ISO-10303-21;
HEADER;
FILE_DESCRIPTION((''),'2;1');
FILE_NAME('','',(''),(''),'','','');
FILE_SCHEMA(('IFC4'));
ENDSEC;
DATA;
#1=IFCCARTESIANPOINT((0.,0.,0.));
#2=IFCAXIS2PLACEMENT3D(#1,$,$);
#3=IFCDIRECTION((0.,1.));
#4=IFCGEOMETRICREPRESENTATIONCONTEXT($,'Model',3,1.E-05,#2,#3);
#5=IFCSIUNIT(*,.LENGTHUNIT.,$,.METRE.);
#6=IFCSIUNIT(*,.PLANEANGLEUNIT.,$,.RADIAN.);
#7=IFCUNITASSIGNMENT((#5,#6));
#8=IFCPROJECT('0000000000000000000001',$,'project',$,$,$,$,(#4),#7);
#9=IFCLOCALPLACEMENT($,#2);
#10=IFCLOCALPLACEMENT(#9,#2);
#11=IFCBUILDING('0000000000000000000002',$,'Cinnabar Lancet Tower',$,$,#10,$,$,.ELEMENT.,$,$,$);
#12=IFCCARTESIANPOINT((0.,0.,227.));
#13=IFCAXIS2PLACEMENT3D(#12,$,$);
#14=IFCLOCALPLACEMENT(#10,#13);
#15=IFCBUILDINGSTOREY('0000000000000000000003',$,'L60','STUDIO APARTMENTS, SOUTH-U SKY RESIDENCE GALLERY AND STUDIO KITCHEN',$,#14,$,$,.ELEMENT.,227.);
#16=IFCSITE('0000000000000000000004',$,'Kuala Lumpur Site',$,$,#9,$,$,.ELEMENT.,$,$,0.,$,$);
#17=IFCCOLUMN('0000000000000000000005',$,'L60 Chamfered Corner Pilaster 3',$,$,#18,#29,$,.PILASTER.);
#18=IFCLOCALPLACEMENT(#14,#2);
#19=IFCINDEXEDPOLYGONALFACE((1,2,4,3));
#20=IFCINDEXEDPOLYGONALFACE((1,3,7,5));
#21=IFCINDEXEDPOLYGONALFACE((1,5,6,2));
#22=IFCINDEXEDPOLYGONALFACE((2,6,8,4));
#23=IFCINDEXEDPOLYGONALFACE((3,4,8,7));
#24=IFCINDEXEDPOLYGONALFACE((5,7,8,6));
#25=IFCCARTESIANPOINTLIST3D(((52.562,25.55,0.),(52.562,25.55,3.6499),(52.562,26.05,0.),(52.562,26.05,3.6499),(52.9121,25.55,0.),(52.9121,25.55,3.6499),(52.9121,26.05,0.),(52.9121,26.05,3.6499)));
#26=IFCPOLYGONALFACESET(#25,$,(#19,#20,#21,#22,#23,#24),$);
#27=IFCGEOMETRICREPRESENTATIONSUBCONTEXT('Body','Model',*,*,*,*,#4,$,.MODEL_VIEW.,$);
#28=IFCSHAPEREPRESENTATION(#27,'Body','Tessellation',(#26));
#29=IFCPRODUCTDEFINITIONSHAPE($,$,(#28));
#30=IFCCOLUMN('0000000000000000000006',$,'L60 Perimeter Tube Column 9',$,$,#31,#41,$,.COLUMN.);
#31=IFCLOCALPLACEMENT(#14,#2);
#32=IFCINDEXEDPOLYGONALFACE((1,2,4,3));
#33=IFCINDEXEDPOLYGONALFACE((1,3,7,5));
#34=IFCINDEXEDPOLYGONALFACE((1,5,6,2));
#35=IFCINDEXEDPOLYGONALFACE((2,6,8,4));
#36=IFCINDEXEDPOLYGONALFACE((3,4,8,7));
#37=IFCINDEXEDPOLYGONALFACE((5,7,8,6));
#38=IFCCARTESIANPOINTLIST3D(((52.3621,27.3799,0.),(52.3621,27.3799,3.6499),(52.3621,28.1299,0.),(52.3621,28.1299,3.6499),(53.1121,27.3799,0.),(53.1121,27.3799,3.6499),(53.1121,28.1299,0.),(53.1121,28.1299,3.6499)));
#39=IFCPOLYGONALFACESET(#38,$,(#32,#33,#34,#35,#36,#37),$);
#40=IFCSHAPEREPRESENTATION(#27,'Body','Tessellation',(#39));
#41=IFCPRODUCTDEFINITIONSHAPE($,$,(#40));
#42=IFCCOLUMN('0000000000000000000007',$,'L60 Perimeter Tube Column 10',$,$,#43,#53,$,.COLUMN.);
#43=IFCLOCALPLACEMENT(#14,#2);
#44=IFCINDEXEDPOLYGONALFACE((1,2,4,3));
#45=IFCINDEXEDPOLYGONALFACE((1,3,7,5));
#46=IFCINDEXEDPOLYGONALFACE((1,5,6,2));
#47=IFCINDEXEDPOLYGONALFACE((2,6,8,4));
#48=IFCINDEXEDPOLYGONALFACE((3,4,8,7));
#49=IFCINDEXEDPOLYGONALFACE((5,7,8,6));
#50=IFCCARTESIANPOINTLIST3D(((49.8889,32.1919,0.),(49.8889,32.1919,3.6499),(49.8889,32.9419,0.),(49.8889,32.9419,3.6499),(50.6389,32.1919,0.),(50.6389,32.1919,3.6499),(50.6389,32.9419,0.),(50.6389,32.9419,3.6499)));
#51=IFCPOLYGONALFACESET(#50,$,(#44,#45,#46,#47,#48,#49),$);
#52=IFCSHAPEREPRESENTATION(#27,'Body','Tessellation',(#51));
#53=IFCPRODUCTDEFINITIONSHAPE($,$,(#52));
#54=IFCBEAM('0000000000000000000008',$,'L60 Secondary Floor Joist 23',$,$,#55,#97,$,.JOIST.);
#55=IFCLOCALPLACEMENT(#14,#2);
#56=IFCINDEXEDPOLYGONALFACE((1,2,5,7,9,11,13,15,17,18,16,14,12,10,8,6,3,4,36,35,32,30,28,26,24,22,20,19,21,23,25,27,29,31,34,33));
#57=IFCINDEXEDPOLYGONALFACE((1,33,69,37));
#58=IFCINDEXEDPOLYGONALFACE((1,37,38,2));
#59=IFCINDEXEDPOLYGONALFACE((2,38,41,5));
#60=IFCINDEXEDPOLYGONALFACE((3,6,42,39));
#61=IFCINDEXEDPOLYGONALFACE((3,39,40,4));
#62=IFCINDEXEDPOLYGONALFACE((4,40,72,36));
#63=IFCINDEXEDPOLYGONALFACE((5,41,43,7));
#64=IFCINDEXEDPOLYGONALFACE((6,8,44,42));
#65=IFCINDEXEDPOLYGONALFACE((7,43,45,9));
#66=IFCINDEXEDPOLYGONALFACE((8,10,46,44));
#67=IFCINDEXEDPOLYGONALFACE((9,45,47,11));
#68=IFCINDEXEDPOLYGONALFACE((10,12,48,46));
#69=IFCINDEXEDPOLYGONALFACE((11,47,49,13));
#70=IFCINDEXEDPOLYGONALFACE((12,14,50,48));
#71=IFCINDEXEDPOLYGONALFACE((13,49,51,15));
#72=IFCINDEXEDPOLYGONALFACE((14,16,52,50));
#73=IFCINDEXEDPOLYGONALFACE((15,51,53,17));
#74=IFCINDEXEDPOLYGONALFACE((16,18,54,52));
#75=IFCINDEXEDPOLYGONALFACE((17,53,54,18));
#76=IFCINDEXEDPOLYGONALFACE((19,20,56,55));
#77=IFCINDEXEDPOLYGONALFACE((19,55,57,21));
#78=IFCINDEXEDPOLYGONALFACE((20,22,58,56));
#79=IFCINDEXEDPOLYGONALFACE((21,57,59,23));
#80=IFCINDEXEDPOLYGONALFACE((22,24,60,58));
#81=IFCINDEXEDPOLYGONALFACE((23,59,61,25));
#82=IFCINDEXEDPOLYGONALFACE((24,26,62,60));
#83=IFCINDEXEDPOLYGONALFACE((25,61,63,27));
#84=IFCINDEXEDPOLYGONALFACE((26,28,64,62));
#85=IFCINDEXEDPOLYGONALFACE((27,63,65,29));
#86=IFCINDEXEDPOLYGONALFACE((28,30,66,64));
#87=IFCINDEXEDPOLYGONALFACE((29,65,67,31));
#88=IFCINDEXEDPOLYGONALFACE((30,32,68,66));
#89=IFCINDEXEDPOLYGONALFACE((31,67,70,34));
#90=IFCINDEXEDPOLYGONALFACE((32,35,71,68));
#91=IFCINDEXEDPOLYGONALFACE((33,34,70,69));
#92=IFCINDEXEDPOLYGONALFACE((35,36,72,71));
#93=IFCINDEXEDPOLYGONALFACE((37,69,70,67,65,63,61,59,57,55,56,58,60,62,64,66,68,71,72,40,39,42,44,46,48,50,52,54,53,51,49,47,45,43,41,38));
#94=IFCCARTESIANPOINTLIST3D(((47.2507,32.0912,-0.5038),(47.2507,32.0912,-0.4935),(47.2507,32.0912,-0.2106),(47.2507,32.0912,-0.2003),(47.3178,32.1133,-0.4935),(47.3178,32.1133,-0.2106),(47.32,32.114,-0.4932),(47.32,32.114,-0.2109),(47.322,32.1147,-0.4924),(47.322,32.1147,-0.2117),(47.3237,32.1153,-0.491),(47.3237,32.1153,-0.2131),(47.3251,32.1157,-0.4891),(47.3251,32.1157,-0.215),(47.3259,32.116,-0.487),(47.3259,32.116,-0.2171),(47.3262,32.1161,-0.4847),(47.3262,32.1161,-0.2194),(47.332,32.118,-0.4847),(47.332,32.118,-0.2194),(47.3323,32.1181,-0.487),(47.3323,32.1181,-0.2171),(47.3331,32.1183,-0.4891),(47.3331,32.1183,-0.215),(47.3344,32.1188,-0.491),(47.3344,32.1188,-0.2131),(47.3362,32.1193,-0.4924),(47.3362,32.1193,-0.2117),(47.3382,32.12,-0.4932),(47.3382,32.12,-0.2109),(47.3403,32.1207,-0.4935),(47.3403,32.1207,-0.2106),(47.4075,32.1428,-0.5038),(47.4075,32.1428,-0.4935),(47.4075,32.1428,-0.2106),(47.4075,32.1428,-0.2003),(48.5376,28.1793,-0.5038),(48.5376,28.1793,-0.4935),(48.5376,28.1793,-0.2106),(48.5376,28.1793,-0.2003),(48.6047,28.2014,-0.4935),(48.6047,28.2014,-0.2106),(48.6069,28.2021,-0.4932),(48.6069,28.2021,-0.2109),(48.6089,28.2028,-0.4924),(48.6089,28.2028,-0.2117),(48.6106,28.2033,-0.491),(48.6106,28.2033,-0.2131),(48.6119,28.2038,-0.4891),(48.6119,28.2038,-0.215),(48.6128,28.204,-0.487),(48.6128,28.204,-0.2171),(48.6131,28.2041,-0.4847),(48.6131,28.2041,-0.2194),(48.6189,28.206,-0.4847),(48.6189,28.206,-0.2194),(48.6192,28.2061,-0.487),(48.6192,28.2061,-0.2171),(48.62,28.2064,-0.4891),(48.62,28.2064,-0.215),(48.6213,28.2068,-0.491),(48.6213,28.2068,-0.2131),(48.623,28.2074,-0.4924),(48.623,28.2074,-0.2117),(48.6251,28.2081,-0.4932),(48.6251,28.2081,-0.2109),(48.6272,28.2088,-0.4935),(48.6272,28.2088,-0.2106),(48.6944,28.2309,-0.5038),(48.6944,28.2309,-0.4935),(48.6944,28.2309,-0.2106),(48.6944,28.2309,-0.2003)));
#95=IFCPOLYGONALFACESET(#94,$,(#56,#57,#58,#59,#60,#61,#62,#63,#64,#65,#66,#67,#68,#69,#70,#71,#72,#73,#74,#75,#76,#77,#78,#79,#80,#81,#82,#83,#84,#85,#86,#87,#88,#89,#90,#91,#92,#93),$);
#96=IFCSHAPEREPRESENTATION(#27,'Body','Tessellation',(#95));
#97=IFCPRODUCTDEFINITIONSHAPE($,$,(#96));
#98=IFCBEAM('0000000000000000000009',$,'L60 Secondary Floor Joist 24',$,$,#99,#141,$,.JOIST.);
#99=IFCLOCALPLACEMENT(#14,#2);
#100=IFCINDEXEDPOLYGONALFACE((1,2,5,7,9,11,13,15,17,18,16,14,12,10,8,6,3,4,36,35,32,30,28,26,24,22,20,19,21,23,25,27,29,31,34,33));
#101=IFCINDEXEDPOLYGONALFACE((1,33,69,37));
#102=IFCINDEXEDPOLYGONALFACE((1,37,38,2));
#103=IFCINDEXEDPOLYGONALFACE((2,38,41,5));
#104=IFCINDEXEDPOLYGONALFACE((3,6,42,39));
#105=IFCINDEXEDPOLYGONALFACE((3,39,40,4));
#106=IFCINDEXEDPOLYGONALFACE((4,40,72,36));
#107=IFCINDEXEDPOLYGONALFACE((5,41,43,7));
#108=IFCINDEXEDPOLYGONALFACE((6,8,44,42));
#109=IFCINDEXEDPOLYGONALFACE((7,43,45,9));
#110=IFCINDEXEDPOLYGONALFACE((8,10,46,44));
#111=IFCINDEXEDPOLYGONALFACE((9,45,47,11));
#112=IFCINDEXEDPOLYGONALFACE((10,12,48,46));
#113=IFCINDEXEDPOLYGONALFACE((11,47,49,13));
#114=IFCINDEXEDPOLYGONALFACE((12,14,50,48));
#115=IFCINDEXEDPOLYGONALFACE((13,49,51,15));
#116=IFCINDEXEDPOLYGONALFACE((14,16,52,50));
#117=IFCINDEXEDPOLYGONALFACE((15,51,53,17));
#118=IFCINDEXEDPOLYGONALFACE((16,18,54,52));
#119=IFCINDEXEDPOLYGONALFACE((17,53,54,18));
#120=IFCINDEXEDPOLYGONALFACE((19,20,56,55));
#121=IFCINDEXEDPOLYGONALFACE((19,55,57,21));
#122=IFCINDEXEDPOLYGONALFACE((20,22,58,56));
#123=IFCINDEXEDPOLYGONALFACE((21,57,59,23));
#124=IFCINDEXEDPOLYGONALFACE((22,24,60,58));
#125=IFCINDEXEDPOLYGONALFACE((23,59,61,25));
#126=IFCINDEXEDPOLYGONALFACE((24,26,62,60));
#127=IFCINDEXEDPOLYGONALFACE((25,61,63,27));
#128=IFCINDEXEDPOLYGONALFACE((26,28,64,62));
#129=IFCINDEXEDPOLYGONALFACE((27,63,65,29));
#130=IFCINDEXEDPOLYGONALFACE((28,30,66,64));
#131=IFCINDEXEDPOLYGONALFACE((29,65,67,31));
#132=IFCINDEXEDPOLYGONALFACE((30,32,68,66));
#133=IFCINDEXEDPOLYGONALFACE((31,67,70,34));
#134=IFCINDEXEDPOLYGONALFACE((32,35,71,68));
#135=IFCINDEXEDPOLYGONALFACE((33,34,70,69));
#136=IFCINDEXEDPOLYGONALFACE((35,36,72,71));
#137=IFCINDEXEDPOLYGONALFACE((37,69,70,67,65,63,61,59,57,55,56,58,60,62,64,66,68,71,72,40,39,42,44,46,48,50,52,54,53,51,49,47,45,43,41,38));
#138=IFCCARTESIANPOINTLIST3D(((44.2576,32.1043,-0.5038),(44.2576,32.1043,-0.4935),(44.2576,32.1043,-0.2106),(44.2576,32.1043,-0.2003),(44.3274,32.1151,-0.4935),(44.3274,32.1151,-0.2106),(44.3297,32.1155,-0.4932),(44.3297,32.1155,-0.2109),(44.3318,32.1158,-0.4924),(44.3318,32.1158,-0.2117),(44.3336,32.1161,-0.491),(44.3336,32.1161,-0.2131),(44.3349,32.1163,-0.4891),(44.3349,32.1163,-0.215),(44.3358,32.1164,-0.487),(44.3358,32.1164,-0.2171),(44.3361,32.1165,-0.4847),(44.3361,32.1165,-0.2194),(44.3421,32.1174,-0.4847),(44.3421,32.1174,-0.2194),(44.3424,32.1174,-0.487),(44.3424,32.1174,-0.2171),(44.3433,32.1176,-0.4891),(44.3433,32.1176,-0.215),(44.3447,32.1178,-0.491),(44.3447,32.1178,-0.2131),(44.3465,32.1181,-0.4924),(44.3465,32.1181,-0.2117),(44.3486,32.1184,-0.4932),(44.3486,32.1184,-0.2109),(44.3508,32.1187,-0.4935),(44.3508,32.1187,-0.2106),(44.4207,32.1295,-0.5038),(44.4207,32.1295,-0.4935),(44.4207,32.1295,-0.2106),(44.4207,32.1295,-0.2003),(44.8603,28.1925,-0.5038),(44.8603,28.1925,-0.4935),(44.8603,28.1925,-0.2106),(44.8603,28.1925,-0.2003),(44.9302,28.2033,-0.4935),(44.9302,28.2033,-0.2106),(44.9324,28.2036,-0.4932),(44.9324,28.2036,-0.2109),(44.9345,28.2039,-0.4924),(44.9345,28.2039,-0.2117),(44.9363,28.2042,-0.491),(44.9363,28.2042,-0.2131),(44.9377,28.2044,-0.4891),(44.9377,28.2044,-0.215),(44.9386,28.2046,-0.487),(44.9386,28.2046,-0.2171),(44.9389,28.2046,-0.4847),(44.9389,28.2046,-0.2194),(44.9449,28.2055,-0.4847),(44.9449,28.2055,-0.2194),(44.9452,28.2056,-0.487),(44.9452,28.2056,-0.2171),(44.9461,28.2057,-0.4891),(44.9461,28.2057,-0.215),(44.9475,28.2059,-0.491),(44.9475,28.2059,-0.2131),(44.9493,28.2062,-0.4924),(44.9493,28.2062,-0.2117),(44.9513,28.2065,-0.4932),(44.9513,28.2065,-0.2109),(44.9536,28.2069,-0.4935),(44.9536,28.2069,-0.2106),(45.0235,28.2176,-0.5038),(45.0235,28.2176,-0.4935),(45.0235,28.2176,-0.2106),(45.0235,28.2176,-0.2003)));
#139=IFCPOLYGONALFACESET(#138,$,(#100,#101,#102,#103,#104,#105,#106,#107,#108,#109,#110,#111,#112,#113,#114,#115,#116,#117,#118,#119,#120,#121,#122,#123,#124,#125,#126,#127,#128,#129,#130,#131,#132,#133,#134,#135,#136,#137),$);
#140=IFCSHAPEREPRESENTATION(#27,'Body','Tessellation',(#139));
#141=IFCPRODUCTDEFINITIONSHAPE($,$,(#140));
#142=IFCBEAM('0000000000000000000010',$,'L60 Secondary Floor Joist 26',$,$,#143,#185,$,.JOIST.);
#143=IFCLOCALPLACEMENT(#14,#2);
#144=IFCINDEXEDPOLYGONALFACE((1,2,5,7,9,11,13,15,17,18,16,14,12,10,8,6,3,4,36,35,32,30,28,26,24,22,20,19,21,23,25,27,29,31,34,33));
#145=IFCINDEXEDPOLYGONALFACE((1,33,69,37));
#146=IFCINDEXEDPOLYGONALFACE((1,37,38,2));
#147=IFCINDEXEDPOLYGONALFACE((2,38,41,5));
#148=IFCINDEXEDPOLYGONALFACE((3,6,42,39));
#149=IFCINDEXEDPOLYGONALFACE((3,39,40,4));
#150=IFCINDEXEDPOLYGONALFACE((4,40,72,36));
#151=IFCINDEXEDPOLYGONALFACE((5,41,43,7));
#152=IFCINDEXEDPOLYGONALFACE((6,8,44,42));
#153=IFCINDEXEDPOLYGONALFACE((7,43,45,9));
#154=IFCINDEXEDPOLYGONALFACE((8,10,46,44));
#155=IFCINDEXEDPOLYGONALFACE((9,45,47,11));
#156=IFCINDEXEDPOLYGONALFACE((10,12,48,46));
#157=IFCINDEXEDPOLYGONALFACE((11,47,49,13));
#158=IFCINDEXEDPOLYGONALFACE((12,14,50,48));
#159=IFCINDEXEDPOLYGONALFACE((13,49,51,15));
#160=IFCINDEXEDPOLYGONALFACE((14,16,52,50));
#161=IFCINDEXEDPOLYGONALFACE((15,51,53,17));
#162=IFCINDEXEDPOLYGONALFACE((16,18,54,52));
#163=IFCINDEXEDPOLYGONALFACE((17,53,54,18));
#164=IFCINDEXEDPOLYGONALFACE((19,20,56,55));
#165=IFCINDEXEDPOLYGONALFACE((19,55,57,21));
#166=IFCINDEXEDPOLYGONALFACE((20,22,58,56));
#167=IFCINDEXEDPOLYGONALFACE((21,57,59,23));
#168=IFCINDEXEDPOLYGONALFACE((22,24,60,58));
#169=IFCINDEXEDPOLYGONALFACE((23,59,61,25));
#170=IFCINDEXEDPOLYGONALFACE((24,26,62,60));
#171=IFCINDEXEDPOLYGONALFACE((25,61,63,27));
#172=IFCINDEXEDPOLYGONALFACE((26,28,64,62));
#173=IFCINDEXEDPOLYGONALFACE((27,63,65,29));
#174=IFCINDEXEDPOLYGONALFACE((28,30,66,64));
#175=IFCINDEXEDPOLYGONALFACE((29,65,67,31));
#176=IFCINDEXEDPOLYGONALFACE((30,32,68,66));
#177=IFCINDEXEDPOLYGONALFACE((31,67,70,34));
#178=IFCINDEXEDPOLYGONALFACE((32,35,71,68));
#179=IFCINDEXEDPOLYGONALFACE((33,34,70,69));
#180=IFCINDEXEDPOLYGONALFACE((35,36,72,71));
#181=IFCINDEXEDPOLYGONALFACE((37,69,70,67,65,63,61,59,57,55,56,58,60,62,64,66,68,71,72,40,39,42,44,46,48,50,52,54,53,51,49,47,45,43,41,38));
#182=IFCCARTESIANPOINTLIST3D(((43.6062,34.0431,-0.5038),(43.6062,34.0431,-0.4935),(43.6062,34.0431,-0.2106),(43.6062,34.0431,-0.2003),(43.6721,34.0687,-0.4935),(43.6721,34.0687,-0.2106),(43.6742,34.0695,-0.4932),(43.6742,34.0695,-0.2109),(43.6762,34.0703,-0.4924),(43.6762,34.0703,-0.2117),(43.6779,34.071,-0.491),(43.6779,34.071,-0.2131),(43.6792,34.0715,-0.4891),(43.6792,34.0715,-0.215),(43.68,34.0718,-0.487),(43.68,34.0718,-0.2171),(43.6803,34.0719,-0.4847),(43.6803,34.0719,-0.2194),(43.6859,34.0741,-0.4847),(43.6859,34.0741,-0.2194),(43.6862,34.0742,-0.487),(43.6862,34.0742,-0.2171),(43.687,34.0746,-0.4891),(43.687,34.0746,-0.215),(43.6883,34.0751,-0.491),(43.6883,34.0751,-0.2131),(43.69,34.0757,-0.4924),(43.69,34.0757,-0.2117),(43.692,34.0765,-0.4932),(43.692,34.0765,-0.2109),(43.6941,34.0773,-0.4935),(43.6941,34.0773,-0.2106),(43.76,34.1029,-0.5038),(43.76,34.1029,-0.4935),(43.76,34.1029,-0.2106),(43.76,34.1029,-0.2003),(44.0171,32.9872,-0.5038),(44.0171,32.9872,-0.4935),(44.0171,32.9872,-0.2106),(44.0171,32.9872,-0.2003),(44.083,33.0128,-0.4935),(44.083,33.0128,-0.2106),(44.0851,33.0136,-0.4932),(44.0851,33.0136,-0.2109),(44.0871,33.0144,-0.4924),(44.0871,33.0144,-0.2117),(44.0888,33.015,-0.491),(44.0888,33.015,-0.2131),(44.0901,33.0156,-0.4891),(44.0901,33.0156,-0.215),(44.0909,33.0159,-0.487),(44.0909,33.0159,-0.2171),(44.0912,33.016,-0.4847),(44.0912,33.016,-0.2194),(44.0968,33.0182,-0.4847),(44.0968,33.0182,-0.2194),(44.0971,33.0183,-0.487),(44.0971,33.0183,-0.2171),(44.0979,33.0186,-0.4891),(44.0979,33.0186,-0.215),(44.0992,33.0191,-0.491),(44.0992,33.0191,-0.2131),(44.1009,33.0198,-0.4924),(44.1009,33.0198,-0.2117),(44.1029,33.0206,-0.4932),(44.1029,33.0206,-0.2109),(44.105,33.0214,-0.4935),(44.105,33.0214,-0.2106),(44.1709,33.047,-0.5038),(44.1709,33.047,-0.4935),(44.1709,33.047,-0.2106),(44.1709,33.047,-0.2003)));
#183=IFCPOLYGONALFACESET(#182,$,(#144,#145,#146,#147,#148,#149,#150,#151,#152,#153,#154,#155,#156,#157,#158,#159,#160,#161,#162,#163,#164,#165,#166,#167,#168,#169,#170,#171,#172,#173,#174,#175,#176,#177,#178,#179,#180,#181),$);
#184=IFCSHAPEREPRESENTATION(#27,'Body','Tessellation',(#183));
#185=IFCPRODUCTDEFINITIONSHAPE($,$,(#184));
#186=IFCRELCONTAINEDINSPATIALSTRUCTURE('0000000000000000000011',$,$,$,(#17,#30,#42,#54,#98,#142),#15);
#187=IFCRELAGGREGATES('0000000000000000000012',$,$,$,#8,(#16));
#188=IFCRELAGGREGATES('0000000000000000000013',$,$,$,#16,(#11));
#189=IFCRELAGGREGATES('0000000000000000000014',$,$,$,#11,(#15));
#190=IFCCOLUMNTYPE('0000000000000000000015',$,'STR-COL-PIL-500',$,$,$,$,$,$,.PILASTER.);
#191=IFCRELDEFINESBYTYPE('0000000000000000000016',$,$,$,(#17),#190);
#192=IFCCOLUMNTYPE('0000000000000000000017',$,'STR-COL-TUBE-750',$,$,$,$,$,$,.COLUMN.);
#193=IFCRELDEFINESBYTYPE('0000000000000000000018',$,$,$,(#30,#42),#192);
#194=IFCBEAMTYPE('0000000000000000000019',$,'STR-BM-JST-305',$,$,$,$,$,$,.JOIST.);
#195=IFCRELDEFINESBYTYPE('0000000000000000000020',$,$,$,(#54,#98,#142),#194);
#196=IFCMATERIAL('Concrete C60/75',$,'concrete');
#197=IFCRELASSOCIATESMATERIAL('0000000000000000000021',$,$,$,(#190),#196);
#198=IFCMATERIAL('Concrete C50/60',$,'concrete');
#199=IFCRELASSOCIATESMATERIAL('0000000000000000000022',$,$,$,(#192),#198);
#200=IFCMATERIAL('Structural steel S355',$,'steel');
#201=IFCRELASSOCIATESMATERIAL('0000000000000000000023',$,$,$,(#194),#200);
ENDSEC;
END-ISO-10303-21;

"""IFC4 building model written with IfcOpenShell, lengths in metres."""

from ifc_helpers import new_model, si_unit, direction, frame, origin, origin_2d, place, context, subcontext, project, spatial, rectangle, i_section, extrude, material, material_profile, profile_set, type_object, element, save


model = new_model("IFC4")

# Units and contexts
model_context = context("Model", 3, precision=1e-05, world=origin(), true_north=direction((0.0, 1.0)))
body_context = subcontext(model_context, "Body", "Model", "MODEL_VIEW")
ifc_project = project(units=[si_unit("LENGTHUNIT", "METRE"), si_unit("PLANEANGLEUNIT", "RADIAN")], contexts=[model_context])

# Site, building, storey
site_placement = place(None, origin())
site = spatial("IfcSite", under=ifc_project, at=site_placement, Name="Kuala Lumpur Site", CompositionType="ELEMENT", RefElevation=0.0)
building_placement = place(site_placement, origin())
building = spatial("IfcBuilding", under=site, at=building_placement, Name="Cinnabar Lancet Tower", CompositionType="ELEMENT")
storey_placement = place(building_placement, frame((0.0, 0.0, 227.0)))
storey = spatial("IfcBuildingStorey", under=building, at=storey_placement, Name="L60", Description="STUDIO APARTMENTS, SOUTH-U SKY RESIDENCE GALLERY AND STUDIO KITCHEN", CompositionType="ELEMENT", Elevation=227.0)

# Columns
ifc_material_1 = material(Name="Concrete C60/75", Category="concrete")
ifc_material_profile_1 = material_profile(ifc_material_1, rectangle(XDim=0.5, YDim=0.3501, at=origin_2d()), Name="RC-PIL 500x350")
ifc_profile_set_1 = profile_set([ifc_material_profile_1], Name="Concrete C60/75")
column_type_1 = type_object("IfcColumnType", Name="STR-COL-PIL-500", PredefinedType="PILASTER", material=ifc_profile_set_1)
column_placement = place(storey_placement, frame((52.7371, 25.8, 0.0), z_axis=(0.0, 0.0, 1.0), x_axis=(0.0, 1.0, 0.0)))
element("IfcColumn", 1, at=column_placement, inside=storey, type_object=column_type_1, Name="L60 Chamfered Corner Pilaster 3", PredefinedType="PILASTER", context=body_context, shape_type="SweptSolid", body=[
    extrude(rectangle(XDim=0.5, YDim=0.3501, at=origin_2d()), origin(), (0.0, 0.0, 1.0), 3.6499),
])
ifc_material_2 = material(Name="Concrete C50/60", Category="concrete")
ifc_material_profile_2 = material_profile(ifc_material_2, rectangle(XDim=0.75, YDim=0.75, at=origin_2d()), Name="RC-COL 750x750")
ifc_profile_set_2 = profile_set([ifc_material_profile_2], Name="Concrete C50/60")
column_type_2 = type_object("IfcColumnType", Name="STR-COL-TUBE-750", PredefinedType="COLUMN", material=ifc_profile_set_2)
for number, where, z_axis, x_axis, name in (
    (2, (52.7371, 27.7549, 0.0), (0.0, 0.0, 1.0), (1.0, 0.0, 0.0), "L60 Perimeter Tube Column 9"),
    (3, (50.2639, 32.5669, 0.0), (0.0, 0.0, 1.0), (1.0, 0.0, 0.0), "L60 Perimeter Tube Column 10"),
):
    element("IfcColumn", number, at=place(storey_placement, frame(where, z_axis=z_axis, x_axis=x_axis)), inside=storey, type_object=column_type_2, Name=name, PredefinedType="COLUMN", context=body_context, shape_type="SweptSolid", body=[
        extrude(rectangle(XDim=0.75, YDim=0.75, at=origin_2d()), origin(), (0.0, 0.0, 1.0), 3.6499),
    ])

# Beams
ifc_material_3 = material(Name="Structural steel S355", Category="steel")
ifc_material_profile_3 = material_profile(ifc_material_3, i_section(OverallWidth=0.165, OverallDepth=0.3035, WebThickness=0.0061, FlangeThickness=0.0103, FilletRadius=0.0088, at=origin_2d()), Name="UKB 305x165x40")
ifc_profile_set_3 = profile_set([ifc_material_profile_3], Name="Structural steel S355")
beam_type_1 = type_object("IfcBeamType", Name="STR-BM-JST-305", PredefinedType="JOIST", material=ifc_profile_set_3)
beam_1_placement = place(storey_placement, frame((48.616, 28.2051, -0.3521), z_axis=(-0.31249, 0.949921, 0.0), x_axis=(-0.949921, -0.31249, 0.0)))
element("IfcBeam", 4, at=beam_1_placement, inside=storey, type_object=beam_type_1, Name="L60 Secondary Floor Joist 23", PredefinedType="JOIST", context=body_context, shape_type="SweptSolid", body=[
    extrude(i_section(OverallWidth=0.165, OverallDepth=0.3035, WebThickness=0.0061, FlangeThickness=0.0103, FilletRadius=0.0088, at=origin_2d()), origin(), (0.0, 0.0, 1.0), 4.1182),
])
beam_2_placement = place(storey_placement, frame((44.9419, 28.2051, -0.3521), z_axis=(-0.152294, 0.988335, 0.0), x_axis=(-0.988335, -0.152294, 0.0)))
element("IfcBeam", 5, at=beam_2_placement, inside=storey, type_object=beam_type_1, Name="L60 Secondary Floor Joist 24", PredefinedType="JOIST", context=body_context, shape_type="SweptSolid", body=[
    extrude(i_section(OverallWidth=0.165, OverallDepth=0.3035, WebThickness=0.0061, FlangeThickness=0.0103, FilletRadius=0.0088, at=origin_2d()), origin(), (0.0, 0.0, 1.0), 3.958),
])
beam_3_placement = place(storey_placement, frame((44.094, 33.0171, -0.3521), z_axis=(-0.362644, 0.931928, 0.0), x_axis=(-0.931928, -0.362644, 0.0)))
element("IfcBeam", 6, at=beam_3_placement, inside=storey, type_object=beam_type_1, Name="L60 Secondary Floor Joist 26", PredefinedType="JOIST", context=body_context, shape_type="SweptSolid", body=[
    extrude(i_section(OverallWidth=0.165, OverallDepth=0.3035, WebThickness=0.0061, FlangeThickness=0.0103, FilletRadius=0.0088, at=origin_2d()), origin(), (0.0, 0.0, 1.0), 1.1331),
])

save(model, "model.ifc")
